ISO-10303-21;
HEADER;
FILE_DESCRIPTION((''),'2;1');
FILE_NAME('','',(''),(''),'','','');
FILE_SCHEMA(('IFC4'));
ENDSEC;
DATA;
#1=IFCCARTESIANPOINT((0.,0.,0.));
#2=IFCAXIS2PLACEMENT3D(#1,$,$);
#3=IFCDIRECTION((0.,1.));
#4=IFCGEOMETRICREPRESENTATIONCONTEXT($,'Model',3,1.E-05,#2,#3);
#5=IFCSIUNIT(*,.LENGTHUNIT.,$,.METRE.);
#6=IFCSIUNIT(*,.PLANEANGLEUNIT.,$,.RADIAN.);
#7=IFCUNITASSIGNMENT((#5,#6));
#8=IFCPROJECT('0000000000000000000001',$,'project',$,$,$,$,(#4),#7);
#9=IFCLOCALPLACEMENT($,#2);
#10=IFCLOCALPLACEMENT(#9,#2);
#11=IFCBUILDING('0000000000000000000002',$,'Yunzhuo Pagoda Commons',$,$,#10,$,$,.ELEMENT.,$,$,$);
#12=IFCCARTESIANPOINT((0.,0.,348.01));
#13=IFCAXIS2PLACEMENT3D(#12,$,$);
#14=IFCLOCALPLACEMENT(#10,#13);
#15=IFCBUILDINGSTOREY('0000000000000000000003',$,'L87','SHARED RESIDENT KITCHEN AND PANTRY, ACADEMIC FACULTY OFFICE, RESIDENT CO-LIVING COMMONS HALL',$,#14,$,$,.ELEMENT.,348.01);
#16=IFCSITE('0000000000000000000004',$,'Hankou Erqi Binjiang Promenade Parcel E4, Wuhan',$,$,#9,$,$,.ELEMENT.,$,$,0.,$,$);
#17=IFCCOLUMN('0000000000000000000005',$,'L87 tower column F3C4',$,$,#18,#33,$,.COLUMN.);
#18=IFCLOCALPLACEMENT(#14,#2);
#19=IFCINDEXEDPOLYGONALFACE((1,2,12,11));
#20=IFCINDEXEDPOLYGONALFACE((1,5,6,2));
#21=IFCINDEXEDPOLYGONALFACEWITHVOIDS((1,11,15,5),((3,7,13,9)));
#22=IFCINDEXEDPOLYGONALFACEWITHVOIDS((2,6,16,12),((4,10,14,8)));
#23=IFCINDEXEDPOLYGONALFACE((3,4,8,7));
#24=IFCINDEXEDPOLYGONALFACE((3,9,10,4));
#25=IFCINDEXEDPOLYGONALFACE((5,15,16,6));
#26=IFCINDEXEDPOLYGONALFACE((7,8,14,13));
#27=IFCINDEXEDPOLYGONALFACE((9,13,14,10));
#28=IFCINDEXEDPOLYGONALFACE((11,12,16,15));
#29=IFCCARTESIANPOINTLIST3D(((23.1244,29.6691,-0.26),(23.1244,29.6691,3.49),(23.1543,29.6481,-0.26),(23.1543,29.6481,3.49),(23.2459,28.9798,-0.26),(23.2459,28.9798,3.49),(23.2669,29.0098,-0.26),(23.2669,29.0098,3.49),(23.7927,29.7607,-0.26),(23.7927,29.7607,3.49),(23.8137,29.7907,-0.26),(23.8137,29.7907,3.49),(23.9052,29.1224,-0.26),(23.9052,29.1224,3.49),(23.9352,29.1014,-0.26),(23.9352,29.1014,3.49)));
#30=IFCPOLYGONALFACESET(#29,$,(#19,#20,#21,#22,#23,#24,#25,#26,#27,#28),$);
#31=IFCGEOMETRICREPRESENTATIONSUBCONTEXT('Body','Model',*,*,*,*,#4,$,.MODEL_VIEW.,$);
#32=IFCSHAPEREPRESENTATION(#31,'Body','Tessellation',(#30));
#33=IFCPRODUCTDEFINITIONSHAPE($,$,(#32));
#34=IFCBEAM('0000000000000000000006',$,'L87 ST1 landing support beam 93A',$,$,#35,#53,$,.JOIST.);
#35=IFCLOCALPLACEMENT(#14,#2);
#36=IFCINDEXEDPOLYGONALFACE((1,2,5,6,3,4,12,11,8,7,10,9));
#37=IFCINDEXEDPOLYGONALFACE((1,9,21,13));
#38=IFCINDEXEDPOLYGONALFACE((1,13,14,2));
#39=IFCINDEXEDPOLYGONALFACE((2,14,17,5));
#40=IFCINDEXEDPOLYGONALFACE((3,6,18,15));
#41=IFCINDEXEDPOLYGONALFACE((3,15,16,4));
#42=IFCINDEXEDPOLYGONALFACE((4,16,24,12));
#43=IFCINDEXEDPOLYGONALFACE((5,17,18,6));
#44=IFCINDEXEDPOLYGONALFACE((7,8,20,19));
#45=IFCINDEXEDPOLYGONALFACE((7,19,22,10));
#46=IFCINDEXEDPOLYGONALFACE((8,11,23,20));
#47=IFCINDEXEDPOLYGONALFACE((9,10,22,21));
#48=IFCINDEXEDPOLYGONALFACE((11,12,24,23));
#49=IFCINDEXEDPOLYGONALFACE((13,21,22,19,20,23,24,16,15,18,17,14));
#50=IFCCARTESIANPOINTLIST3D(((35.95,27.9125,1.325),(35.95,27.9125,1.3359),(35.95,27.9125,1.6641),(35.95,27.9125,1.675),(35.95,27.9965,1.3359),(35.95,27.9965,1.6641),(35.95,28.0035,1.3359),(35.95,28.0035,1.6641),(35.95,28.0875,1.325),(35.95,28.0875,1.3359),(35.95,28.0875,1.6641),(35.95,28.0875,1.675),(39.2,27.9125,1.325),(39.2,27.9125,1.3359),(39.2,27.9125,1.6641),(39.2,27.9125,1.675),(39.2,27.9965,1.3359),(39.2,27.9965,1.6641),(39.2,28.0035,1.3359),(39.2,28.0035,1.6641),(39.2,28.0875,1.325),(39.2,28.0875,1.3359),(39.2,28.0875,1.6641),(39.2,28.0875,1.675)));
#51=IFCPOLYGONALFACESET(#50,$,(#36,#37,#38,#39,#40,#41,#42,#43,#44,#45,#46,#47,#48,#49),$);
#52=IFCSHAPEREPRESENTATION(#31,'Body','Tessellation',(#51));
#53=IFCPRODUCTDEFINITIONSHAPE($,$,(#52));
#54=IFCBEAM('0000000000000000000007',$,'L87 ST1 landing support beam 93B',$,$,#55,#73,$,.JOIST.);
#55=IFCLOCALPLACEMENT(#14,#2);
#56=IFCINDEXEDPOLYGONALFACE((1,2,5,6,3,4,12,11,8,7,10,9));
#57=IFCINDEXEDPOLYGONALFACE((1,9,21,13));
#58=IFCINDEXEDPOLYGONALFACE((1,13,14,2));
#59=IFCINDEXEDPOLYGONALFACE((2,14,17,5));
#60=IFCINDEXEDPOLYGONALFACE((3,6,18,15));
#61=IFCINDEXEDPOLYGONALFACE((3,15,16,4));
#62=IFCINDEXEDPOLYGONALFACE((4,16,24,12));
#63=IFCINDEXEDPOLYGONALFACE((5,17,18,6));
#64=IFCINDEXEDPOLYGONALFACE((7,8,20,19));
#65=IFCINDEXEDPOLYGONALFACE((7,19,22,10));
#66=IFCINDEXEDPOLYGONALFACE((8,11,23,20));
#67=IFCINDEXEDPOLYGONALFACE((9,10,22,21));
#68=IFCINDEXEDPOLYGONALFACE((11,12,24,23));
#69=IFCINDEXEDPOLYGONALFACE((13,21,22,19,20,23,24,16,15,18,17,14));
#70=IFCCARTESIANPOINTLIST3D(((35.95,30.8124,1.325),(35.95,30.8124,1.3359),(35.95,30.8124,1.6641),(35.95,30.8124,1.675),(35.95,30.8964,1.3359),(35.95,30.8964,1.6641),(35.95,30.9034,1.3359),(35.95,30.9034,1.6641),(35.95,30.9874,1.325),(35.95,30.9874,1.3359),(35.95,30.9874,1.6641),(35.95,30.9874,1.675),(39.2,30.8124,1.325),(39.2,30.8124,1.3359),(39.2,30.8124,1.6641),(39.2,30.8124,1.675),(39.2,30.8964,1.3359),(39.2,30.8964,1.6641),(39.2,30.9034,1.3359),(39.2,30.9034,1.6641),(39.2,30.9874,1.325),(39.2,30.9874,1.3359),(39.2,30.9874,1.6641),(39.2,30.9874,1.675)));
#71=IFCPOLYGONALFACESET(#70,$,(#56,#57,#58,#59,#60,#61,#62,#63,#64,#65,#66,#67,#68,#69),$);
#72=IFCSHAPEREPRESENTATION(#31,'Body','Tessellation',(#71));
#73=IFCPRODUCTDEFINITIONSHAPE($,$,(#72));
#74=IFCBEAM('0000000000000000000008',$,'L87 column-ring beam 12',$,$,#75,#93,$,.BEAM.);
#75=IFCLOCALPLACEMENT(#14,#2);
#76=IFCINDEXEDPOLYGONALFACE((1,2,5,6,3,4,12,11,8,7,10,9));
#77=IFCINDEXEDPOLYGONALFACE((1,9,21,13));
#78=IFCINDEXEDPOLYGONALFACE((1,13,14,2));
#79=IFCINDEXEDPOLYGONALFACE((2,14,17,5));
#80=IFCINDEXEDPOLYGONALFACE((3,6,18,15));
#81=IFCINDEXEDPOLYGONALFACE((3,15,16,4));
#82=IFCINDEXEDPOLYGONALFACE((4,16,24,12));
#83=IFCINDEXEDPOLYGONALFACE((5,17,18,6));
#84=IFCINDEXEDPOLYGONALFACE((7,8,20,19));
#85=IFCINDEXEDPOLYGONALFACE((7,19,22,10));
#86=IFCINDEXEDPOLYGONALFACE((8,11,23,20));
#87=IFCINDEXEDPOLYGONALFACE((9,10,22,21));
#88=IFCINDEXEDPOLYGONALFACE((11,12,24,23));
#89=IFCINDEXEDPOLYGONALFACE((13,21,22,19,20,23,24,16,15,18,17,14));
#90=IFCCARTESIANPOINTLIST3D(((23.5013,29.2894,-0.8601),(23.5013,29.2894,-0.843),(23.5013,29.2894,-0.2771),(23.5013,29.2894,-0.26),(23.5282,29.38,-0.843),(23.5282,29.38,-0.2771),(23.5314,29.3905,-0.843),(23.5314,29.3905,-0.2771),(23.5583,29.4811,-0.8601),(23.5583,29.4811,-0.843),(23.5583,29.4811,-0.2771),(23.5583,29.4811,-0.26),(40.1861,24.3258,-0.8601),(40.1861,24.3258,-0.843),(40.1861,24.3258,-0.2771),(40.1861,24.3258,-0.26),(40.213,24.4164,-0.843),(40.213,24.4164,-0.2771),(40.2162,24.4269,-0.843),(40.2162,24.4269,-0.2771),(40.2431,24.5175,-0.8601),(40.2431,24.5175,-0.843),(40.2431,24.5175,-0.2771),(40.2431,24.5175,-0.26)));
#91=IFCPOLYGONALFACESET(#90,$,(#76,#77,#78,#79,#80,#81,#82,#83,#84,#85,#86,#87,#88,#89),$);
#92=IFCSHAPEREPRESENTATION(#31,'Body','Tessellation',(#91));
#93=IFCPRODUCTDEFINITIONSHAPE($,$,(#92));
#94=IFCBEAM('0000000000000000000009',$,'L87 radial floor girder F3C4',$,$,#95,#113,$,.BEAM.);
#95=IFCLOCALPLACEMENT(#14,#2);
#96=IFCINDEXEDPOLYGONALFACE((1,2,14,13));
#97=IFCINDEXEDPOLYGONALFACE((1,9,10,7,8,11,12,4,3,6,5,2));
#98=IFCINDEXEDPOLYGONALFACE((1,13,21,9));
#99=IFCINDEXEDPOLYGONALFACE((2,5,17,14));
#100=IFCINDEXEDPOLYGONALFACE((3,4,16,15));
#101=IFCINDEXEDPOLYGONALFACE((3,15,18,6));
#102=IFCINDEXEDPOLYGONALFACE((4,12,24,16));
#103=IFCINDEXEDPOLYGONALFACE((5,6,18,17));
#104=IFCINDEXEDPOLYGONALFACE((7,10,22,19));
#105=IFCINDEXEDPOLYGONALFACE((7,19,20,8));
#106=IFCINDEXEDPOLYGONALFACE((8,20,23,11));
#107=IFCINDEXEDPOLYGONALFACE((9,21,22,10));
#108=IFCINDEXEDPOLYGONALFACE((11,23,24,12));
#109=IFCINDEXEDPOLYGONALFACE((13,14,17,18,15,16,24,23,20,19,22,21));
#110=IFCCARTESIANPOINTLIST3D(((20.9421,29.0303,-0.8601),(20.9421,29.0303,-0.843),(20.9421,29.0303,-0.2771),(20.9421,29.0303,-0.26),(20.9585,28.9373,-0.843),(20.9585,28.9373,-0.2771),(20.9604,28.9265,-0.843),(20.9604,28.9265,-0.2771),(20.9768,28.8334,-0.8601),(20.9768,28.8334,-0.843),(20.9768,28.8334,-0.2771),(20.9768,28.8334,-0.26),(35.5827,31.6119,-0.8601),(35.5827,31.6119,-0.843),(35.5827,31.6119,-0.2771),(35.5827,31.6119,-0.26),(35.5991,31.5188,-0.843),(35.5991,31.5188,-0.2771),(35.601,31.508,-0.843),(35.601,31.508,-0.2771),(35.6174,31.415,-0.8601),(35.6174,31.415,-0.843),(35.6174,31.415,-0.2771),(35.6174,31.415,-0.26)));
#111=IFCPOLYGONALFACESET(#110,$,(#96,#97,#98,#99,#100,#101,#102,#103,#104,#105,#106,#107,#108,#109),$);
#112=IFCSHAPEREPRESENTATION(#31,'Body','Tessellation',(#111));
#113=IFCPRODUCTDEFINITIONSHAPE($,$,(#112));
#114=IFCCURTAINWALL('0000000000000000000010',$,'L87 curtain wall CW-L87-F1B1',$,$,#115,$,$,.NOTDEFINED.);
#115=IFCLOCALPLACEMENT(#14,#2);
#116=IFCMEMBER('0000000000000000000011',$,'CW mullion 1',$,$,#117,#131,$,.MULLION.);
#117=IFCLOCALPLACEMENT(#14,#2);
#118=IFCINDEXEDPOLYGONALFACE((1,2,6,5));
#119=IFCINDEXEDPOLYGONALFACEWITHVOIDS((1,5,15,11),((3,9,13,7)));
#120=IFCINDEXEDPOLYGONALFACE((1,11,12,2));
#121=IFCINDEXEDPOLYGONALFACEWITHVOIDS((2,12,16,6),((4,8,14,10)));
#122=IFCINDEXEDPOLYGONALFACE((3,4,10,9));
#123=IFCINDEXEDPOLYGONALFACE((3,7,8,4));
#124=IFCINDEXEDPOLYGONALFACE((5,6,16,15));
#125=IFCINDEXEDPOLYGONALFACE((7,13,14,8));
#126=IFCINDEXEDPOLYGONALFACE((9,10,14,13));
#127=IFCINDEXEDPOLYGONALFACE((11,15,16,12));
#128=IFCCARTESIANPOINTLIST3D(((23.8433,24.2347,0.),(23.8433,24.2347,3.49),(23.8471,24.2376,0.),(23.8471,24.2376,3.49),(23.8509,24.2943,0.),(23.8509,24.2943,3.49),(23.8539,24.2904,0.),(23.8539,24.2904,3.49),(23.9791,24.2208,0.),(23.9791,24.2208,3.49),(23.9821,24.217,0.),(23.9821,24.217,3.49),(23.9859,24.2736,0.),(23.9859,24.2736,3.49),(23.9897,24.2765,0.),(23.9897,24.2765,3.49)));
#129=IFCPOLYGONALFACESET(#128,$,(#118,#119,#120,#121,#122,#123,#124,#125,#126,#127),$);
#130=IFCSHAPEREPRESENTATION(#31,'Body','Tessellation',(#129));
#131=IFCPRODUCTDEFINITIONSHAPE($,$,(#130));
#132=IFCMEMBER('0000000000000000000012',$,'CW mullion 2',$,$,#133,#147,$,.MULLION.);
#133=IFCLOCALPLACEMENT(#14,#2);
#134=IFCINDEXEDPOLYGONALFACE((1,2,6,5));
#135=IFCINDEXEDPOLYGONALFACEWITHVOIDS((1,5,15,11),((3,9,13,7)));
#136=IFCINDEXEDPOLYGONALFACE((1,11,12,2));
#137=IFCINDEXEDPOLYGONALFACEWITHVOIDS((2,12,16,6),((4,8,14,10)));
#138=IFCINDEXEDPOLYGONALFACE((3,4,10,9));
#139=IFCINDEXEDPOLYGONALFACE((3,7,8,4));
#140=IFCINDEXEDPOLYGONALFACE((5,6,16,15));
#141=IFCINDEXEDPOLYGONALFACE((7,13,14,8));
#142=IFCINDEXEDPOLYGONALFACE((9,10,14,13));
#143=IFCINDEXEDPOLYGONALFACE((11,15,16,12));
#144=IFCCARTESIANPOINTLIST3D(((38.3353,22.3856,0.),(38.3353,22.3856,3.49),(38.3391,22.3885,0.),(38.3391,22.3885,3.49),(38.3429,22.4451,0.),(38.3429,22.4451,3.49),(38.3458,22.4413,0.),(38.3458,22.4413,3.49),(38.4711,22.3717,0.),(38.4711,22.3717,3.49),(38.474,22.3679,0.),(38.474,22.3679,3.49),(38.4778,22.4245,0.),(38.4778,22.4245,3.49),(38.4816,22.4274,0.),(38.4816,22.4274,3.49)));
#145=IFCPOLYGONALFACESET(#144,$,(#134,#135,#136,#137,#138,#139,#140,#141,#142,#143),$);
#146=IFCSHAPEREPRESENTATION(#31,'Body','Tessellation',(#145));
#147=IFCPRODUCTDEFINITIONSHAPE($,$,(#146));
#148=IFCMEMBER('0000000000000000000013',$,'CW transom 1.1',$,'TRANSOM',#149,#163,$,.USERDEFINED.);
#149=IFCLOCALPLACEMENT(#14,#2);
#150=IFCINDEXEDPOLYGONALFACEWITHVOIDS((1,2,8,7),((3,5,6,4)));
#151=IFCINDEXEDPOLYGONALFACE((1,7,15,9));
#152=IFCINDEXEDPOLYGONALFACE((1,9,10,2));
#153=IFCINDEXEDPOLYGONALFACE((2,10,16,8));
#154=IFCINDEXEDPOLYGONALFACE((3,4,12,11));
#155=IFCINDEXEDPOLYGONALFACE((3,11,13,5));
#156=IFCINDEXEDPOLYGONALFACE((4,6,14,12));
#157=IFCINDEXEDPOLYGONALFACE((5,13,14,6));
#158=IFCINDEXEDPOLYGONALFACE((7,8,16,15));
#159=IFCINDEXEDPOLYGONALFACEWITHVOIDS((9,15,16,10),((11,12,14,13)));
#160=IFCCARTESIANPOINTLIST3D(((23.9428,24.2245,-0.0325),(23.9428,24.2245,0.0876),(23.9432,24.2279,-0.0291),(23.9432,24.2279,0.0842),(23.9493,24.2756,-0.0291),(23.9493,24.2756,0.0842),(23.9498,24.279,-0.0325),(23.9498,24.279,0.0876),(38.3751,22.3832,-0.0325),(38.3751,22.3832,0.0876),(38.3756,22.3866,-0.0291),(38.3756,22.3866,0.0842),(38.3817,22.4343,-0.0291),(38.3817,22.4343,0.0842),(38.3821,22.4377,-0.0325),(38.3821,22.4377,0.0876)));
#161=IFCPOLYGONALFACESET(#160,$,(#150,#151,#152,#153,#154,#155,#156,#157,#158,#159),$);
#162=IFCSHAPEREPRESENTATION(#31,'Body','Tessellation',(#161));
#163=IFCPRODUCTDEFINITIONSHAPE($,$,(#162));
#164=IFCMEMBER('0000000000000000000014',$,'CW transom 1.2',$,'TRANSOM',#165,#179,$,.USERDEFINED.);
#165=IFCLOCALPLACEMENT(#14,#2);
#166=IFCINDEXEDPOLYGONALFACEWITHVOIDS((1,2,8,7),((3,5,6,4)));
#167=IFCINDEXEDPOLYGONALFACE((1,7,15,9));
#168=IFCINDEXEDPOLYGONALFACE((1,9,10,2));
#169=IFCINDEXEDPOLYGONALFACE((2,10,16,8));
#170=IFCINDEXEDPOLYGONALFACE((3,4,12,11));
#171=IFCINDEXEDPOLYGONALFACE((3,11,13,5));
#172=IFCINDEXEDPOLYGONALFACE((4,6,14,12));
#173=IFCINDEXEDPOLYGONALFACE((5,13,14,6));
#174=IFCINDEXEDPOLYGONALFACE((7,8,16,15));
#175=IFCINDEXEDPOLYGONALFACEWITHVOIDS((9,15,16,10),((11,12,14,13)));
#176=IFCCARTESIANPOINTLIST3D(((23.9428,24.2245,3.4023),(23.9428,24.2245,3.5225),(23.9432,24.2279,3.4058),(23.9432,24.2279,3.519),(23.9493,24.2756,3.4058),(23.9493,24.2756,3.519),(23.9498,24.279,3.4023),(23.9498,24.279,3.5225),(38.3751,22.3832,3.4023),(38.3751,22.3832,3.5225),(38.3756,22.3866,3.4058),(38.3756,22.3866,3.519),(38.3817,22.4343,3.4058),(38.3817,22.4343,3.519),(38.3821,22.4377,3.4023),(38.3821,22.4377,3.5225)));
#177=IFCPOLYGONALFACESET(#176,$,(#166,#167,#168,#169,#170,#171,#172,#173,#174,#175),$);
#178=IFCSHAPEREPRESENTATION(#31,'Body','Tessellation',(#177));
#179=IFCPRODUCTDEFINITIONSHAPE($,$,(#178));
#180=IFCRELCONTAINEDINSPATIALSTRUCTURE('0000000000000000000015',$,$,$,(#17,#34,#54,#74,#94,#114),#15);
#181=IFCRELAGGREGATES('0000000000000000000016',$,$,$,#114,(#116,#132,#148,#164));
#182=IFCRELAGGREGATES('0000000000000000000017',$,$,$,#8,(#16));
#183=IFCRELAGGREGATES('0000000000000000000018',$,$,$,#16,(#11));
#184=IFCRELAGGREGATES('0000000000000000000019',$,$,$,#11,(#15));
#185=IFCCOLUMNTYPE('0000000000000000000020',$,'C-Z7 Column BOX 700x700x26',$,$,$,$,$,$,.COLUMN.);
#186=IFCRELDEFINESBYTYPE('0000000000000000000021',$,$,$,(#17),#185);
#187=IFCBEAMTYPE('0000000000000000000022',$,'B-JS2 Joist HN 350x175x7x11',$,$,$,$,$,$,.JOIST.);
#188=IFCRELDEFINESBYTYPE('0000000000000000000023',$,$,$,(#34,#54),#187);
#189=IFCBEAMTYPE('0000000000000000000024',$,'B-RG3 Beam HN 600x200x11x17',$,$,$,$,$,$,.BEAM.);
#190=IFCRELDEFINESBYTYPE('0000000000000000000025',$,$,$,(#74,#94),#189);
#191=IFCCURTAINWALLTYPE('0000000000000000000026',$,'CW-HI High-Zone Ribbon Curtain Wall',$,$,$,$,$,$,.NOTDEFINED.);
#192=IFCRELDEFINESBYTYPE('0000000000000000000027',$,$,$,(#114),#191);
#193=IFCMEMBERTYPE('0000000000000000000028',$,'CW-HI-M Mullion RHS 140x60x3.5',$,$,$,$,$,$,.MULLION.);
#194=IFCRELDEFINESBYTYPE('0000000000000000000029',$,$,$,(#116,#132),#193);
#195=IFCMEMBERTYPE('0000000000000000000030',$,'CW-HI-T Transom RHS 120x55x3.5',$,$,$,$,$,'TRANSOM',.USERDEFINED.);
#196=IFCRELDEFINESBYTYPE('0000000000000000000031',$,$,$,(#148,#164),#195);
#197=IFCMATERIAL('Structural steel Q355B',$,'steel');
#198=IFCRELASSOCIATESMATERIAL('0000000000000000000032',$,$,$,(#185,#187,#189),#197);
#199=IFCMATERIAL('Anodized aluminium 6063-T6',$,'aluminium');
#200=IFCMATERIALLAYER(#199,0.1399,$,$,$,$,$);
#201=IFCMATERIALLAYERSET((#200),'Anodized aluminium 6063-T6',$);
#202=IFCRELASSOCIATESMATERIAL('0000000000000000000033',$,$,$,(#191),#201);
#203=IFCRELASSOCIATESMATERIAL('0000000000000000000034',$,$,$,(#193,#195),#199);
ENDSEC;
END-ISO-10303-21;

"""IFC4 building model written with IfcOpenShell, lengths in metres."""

from ifc_helpers import new_model, si_unit, direction, frame, origin, origin_2d, place, context, subcontext, project, spatial, hollow_rectangle, i_section, extrude, source, transform, mapped, material, layer, layer_set, material_profile, profile_set, type_object, element, aggregate, save


model = new_model("IFC4")

# Units and contexts
model_context = context("Model", 3, precision=1e-05, world=origin(), true_north=direction((0.0, 1.0)))
body_context = subcontext(model_context, "Body", "Model", "MODEL_VIEW")
ifc_project = project(units=[si_unit("LENGTHUNIT", "METRE"), si_unit("PLANEANGLEUNIT", "RADIAN")], contexts=[model_context])

# Site, building, storey
site_placement = place(None, origin())
site = spatial("IfcSite", under=ifc_project, at=site_placement, Name="Hankou Erqi Binjiang Promenade Parcel E4, Wuhan", CompositionType="ELEMENT", RefElevation=0.0)
building_placement = place(site_placement, origin())
building = spatial("IfcBuilding", under=site, at=building_placement, Name="Yunzhuo Pagoda Commons", CompositionType="ELEMENT")
storey_placement = place(building_placement, frame((0.0, 0.0, 348.01)))
storey = spatial("IfcBuildingStorey", under=building, at=storey_placement, Name="L87", Description="SHARED RESIDENT KITCHEN AND PANTRY, ACADEMIC FACULTY OFFICE, RESIDENT CO-LIVING COMMONS HALL", CompositionType="ELEMENT", Elevation=348.01)

# Column
ifc_material_1 = material(Name="Structural steel Q355B", Category="steel")
ifc_material_profile_1 = material_profile(ifc_material_1, hollow_rectangle(XDim=0.7, YDim=0.7, WallThickness=0.0259, at=origin_2d()), Name="Structural steel Q355B")
ifc_profile_set_1 = profile_set([ifc_material_profile_1], Name="Structural steel Q355B")
column_type = type_object("IfcColumnType", Name="C-Z7 Column BOX 700x700x26", PredefinedType="COLUMN", material=ifc_profile_set_1)
shared_shape_1 = source(origin(), body_context, "Body", "SweptSolid", [
    extrude(hollow_rectangle(XDim=0.7, YDim=0.7, WallThickness=0.0259, at=origin_2d()), origin(), (0.0, 0.0, 1.0), 3.75),
])
column_placement = place(storey_placement, frame((23.5298, 29.3853, -0.26), z_axis=(0.0, 0.0, 1.0), x_axis=(0.173648, -0.984808, 0.0)))
element("IfcColumn", 1, at=column_placement, inside=storey, type_object=column_type, Name="L87 tower column F3C4", PredefinedType="COLUMN", context=body_context, shape_type="MappedRepresentation", body=[
    mapped(shared_shape_1, transform((0.0, 0.0, 0.0), scale=1.0)),
])

# Beams
ifc_material_profile_2 = material_profile(ifc_material_1, i_section(OverallWidth=0.175, OverallDepth=0.3501, WebThickness=0.0071, FlangeThickness=0.011, at=origin_2d()), Name="Structural steel Q355B")
ifc_profile_set_2 = profile_set([ifc_material_profile_2], Name="Structural steel Q355B")
beam_type_1 = type_object("IfcBeamType", Name="B-JS2 Joist HN 350x175x7x11", PredefinedType="JOIST", material=ifc_profile_set_2)
shared_shape_2 = source(origin(), body_context, "Body", "SweptSolid", [
    extrude(i_section(OverallWidth=0.175, OverallDepth=0.3501, WebThickness=0.0071, FlangeThickness=0.011, at=origin_2d()), origin(), (0.0, 0.0, 1.0), 3.25),
])
for number, where, z_axis, x_axis, name in (
    (2, (35.95, 28.0, 1.5), (1.0, 0.0, 0.0), (0.0, 1.0, 0.0), "L87 ST1 landing support beam 93A"),
    (3, (35.95, 30.8999, 1.5), (1.0, 0.0, 0.0), (0.0, 1.0, 0.0), "L87 ST1 landing support beam 93B"),
):
    element("IfcBeam", number, at=place(storey_placement, frame(where, z_axis=z_axis, x_axis=x_axis)), inside=storey, type_object=beam_type_1, Name=name, PredefinedType="JOIST", context=body_context, shape_type="MappedRepresentation", body=[
        mapped(shared_shape_2, transform((0.0, 0.0, 0.0), scale=1.0)),
    ])
ifc_material_profile_3 = material_profile(ifc_material_1, i_section(OverallWidth=0.2, OverallDepth=0.6001, WebThickness=0.011, FlangeThickness=0.0171, at=origin_2d()), Name="Structural steel Q355B")
ifc_profile_set_3 = profile_set([ifc_material_profile_3], Name="Structural steel Q355B")
beam_type_2 = type_object("IfcBeamType", Name="B-RG3 Beam HN 600x200x11x17", PredefinedType="BEAM", material=ifc_profile_set_3)
shared_shape_3 = source(origin(), body_context, "Body", "SweptSolid", [
    extrude(i_section(OverallWidth=0.2, OverallDepth=0.6001, WebThickness=0.011, FlangeThickness=0.0171, at=origin_2d()), origin(), (0.0, 0.0, 1.0), 17.4075),
])
beam_1_placement = place(storey_placement, frame((23.5298, 29.3853, -0.5601), z_axis=(0.958485, -0.285143, 0.0), x_axis=(0.285143, 0.958485, 0.0)))
element("IfcBeam", 4, at=beam_1_placement, inside=storey, type_object=beam_type_2, Name="L87 column-ring beam 12", PredefinedType="BEAM", context=body_context, shape_type="MappedRepresentation", body=[
    mapped(shared_shape_3, transform((0.0, 0.0, 0.0), scale=1.0)),
])
shared_shape_4 = source(origin(), body_context, "Body", "SweptSolid", [
    extrude(i_section(OverallWidth=0.2, OverallDepth=0.6001, WebThickness=0.011, FlangeThickness=0.0171, at=origin_2d()), origin(), (0.0, 0.0, 1.0), 14.8665),
])
beam_2_placement = place(storey_placement, frame((20.9595, 28.9319, -0.5601), z_axis=(0.984808, 0.173649, 0.0), x_axis=(-0.173649, 0.984808, 0.0)))
element("IfcBeam", 5, at=beam_2_placement, inside=storey, type_object=beam_type_2, Name="L87 radial floor girder F3C4", PredefinedType="BEAM", context=body_context, shape_type="MappedRepresentation", body=[
    mapped(shared_shape_4, transform((0.0, 0.0, 0.0), scale=1.0)),
])

# Curtain wall, members
ifc_material_2 = material(Name="Anodized aluminium 6063-T6", Category="aluminium")
ifc_layer_1 = layer(ifc_material_2, 0.1399)
ifc_layer_set_1 = layer_set([ifc_layer_1], Name="Anodized aluminium 6063-T6")
curtain_wall_type = type_object("IfcCurtainWallType", Name="CW-HI High-Zone Ribbon Curtain Wall", PredefinedType="NOTDEFINED", material=ifc_layer_set_1)
curtain_wall_1_placement = place(storey_placement, origin())
curtain_wall_1 = element("IfcCurtainWall", 6, at=curtain_wall_1_placement, inside=storey, type_object=curtain_wall_type, Name="L87 curtain wall CW-L87-F1B1", PredefinedType="NOTDEFINED")
ifc_material_profile_4 = material_profile(ifc_material_2, hollow_rectangle(XDim=0.0601, YDim=0.1399, WallThickness=0.0034, at=origin_2d()), Name="Anodized aluminium 6063-T6")
ifc_profile_set_4 = profile_set([ifc_material_profile_4], Name="Anodized aluminium 6063-T6")
member_type_1 = type_object("IfcMemberType", Name="CW-HI-M Mullion RHS 140x60x3.5", PredefinedType="MULLION", material=ifc_profile_set_4)
shared_shape_5 = source(origin(), body_context, "Body", "SweptSolid", [
    extrude(hollow_rectangle(XDim=0.0601, YDim=0.1399, WallThickness=0.0034, at=origin_2d()), origin(), (0.0, 0.0, 1.0), 3.49),
])
member_1_placement = place(storey_placement, frame((23.9165, 24.2556, 0.0), z_axis=(0.0, 0.0, 1.0), x_axis=(0.126571, 0.991958, 0.0)))
member_1 = element("IfcMember", 7, at=member_1_placement, type_object=member_type_1, Name="CW mullion 1", PredefinedType="MULLION", context=body_context, shape_type="MappedRepresentation", body=[
    mapped(shared_shape_5, transform((0.0, 0.0, 0.0), scale=1.0)),
])
member_2_placement = place(storey_placement, frame((38.4084, 22.4065, 0.0), z_axis=(0.0, 0.0, 1.0), x_axis=(0.126571, 0.991958, 0.0)))
member_2 = element("IfcMember", 8, at=member_2_placement, type_object=member_type_1, Name="CW mullion 2", PredefinedType="MULLION", context=body_context, shape_type="MappedRepresentation", body=[
    mapped(shared_shape_5, transform((0.0, 0.0, 0.0), scale=1.0)),
])
ifc_material_profile_5 = material_profile(ifc_material_2, hollow_rectangle(XDim=0.0549, YDim=0.1201, WallThickness=0.0034, at=origin_2d()), Name="Anodized aluminium 6063-T6")
ifc_profile_set_5 = profile_set([ifc_material_profile_5], Name="Anodized aluminium 6063-T6")
member_type_2 = type_object("IfcMemberType", Name="CW-HI-T Transom RHS 120x55x3.5", ElementType="TRANSOM", PredefinedType="USERDEFINED", material=ifc_profile_set_5)
shared_shape_6 = source(origin(), body_context, "Body", "SweptSolid", [
    extrude(hollow_rectangle(XDim=0.0549, YDim=0.1201, WallThickness=0.0034, at=origin_2d()), origin(), (0.0, 0.0, 1.0), 14.5493),
])
member_3_placement = place(storey_placement, frame((23.9463, 24.2517, 0.0276), z_axis=(0.991959, -0.126556, 0.0), x_axis=(0.126556, 0.991959, 0.0)))
member_3 = element("IfcMember", 9, at=member_3_placement, type_object=member_type_2, Name="CW transom 1.1", ObjectType="TRANSOM", PredefinedType="USERDEFINED", context=body_context, shape_type="MappedRepresentation", body=[
    mapped(shared_shape_6, transform((0.0, 0.0, 0.0), scale=1.0)),
])
member_4_placement = place(storey_placement, frame((23.9463, 24.2517, 3.4624), z_axis=(0.991959, -0.126556, 0.0), x_axis=(0.126556, 0.991959, 0.0)))
member_4 = element("IfcMember", 10, at=member_4_placement, type_object=member_type_2, Name="CW transom 1.2", ObjectType="TRANSOM", PredefinedType="USERDEFINED", context=body_context, shape_type="MappedRepresentation", body=[
    mapped(shared_shape_6, transform((0.0, 0.0, 0.0), scale=1.0)),
])

aggregate(curtain_wall_1, [member_1, member_2, member_3, member_4])

save(model, "model.ifc")
